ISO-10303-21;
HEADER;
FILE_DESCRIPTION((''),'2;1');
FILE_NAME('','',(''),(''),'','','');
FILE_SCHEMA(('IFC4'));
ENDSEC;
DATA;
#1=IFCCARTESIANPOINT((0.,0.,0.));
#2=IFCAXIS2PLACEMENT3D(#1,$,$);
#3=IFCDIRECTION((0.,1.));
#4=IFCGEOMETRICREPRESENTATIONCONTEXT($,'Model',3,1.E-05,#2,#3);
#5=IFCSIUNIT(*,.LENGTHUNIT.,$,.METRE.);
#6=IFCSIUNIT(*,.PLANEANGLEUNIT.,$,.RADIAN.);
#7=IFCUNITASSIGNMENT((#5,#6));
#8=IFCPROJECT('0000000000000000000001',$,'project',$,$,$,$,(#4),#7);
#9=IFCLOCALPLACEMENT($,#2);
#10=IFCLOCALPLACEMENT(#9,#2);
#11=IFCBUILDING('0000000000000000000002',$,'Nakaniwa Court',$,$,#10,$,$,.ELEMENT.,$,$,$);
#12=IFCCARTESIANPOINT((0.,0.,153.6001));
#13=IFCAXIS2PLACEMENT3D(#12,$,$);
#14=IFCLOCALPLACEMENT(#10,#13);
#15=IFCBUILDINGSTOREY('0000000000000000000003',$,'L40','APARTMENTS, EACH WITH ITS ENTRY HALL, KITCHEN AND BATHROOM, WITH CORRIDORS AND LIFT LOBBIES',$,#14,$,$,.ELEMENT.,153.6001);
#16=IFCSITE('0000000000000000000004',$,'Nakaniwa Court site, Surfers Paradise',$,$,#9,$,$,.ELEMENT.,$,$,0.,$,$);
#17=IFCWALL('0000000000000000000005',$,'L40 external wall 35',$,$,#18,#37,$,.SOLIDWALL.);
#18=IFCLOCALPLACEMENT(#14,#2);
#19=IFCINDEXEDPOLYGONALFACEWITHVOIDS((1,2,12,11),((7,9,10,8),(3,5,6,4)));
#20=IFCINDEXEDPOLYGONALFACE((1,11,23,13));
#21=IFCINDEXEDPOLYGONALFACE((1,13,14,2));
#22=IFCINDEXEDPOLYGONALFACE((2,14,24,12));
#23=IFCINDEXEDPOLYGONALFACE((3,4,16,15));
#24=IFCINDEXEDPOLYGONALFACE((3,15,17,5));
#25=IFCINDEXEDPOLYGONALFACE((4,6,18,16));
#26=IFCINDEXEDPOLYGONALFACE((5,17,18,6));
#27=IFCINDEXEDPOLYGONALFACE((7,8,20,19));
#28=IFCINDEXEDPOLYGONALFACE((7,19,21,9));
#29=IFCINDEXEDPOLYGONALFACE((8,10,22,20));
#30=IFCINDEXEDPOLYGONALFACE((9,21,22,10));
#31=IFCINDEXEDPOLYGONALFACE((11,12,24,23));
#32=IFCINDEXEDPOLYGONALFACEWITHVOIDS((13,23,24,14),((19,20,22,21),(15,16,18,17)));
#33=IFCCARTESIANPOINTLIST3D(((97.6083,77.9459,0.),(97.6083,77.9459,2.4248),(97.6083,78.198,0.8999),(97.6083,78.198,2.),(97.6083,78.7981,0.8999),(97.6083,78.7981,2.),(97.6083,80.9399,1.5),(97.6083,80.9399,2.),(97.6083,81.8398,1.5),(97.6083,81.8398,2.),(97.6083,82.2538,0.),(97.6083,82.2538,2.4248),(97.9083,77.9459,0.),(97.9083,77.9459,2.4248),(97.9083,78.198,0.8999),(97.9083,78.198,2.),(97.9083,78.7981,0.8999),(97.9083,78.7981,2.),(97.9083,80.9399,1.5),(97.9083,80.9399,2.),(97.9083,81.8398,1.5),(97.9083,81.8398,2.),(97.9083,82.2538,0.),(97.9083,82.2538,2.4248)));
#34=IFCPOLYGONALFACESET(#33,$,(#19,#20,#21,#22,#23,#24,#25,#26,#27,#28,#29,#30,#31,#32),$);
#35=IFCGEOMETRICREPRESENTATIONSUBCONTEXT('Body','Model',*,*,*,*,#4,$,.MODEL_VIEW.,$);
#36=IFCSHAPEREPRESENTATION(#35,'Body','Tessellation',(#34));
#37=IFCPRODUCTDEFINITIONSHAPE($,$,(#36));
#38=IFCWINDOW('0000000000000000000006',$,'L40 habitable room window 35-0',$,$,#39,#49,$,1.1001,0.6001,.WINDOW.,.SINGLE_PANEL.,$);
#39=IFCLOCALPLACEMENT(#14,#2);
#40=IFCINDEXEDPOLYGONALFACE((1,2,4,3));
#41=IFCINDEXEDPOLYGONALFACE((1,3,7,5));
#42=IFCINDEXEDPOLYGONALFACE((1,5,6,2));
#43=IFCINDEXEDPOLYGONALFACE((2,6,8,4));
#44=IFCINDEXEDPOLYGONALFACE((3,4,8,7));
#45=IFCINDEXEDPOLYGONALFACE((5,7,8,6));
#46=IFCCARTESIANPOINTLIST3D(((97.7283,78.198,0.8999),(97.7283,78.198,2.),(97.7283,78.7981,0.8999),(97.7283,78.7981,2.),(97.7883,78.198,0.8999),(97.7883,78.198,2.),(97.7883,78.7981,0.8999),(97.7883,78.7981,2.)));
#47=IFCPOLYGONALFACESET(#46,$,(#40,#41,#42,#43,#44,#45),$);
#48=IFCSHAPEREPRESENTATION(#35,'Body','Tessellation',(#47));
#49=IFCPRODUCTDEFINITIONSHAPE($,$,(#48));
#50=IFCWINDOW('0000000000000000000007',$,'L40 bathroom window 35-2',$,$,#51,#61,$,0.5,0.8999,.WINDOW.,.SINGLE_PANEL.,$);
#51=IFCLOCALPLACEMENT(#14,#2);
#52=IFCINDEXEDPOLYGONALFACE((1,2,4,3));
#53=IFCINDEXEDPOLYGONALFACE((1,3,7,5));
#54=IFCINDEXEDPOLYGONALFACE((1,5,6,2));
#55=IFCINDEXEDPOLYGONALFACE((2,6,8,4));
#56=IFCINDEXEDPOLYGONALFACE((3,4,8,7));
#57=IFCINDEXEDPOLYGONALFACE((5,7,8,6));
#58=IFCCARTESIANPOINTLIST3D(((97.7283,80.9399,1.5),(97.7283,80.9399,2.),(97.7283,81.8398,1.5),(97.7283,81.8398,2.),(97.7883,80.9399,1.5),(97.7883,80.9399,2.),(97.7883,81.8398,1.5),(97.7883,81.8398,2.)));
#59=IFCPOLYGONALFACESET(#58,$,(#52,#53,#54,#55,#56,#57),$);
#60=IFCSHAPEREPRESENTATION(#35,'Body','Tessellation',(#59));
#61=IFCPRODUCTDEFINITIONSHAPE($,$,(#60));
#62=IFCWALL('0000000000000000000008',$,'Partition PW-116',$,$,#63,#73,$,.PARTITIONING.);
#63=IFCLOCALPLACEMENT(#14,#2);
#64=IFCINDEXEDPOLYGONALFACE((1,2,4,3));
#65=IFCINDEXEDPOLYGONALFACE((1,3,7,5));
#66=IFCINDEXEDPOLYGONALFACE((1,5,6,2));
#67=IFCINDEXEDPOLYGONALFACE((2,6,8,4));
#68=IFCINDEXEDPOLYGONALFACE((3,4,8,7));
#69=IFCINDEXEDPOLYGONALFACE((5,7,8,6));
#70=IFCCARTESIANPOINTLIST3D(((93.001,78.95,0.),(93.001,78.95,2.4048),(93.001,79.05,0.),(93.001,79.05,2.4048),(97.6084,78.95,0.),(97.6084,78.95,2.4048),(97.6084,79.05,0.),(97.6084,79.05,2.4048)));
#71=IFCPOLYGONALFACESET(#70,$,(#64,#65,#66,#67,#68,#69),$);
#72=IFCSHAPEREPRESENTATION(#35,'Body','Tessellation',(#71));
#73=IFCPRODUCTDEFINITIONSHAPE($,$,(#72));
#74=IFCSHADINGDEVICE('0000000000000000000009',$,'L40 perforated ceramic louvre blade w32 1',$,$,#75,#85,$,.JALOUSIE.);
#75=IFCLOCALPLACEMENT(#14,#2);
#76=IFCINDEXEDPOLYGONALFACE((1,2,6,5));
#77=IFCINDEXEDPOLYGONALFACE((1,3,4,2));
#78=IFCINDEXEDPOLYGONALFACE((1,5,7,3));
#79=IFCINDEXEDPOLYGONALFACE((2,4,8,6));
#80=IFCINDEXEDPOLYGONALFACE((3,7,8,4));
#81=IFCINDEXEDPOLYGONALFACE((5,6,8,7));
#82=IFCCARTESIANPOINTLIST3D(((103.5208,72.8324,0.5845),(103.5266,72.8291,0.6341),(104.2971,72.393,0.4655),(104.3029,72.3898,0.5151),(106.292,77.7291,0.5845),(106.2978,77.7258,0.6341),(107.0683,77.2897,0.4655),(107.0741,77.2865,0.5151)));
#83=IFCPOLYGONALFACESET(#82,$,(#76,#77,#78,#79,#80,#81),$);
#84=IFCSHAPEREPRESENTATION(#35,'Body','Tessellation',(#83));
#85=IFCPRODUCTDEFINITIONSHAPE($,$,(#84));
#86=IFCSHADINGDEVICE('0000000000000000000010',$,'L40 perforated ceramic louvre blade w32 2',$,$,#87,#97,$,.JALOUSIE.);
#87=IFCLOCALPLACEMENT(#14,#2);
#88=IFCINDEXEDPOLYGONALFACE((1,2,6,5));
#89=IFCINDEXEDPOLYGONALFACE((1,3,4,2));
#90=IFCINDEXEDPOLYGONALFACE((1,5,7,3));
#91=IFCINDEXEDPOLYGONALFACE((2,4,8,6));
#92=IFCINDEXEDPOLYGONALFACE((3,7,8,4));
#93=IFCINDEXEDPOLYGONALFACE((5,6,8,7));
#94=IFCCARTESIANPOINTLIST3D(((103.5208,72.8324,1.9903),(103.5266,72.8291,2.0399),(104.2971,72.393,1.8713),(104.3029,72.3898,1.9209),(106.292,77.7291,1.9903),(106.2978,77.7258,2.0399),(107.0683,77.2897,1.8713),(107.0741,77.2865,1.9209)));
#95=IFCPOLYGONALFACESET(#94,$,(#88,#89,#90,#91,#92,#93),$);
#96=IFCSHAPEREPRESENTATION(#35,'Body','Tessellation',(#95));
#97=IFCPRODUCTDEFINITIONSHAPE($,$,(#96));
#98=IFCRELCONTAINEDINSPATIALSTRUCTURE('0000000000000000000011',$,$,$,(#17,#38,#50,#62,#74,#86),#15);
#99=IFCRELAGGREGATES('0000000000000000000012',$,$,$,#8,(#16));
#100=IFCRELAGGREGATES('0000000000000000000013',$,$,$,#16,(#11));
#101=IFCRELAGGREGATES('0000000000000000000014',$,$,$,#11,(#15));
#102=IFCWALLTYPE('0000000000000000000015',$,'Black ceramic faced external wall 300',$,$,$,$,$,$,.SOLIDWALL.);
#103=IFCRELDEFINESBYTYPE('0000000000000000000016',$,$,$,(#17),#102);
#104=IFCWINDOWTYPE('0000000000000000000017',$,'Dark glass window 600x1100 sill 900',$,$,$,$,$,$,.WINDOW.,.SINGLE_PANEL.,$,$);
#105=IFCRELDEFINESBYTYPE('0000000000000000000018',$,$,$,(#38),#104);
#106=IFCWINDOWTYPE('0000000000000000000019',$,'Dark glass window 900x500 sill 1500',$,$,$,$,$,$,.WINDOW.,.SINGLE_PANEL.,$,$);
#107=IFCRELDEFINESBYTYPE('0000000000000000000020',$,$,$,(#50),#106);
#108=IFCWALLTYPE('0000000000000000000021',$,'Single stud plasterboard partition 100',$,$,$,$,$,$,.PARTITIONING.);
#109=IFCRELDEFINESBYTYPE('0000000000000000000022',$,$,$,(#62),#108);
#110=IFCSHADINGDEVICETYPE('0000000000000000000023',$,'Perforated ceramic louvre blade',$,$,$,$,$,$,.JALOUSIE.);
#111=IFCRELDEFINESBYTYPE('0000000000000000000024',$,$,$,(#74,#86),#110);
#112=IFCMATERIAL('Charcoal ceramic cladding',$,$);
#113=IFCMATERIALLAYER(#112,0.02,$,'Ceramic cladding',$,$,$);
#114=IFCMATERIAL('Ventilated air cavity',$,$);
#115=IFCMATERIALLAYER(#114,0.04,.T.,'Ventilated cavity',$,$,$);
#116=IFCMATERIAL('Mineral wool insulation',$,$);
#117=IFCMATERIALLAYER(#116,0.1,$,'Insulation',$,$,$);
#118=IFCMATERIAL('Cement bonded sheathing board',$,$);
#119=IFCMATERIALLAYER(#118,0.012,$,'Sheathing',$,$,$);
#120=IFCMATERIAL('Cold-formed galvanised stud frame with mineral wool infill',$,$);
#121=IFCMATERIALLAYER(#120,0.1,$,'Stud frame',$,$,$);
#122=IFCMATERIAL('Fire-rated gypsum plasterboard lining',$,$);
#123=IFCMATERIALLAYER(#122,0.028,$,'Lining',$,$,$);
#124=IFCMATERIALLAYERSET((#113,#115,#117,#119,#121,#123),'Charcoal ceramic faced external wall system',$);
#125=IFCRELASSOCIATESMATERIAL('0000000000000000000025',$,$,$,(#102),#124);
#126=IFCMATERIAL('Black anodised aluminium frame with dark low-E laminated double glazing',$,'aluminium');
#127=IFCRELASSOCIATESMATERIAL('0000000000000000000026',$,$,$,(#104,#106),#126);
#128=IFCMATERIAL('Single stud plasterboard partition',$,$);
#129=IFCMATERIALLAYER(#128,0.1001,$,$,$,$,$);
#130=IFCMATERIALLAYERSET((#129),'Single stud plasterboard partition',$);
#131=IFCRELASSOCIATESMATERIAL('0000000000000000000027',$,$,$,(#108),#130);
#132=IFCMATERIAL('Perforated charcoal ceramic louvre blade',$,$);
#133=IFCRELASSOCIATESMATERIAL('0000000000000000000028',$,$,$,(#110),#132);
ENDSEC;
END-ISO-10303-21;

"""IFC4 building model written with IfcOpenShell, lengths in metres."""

from ifc_helpers import new_model, si_unit, direction, frame, frame_2d, origin, origin_2d, place, context, subcontext, project, spatial, rectangle, extrude, material, layer, layer_set, material_profile, profile_set, type_object, element, fill, save


model = new_model("IFC4")

# Units and contexts
model_context = context("Model", 3, precision=1e-05, world=origin(), true_north=direction((0.0, 1.0)))
body_context = subcontext(model_context, "Body", "Model", "MODEL_VIEW")
ifc_project = project(units=[si_unit("LENGTHUNIT", "METRE"), si_unit("PLANEANGLEUNIT", "RADIAN")], contexts=[model_context])

# Site, building, storey
site_placement = place(None, origin())
site = spatial("IfcSite", under=ifc_project, at=site_placement, Name="Nakaniwa Court site, Surfers Paradise", CompositionType="ELEMENT", RefElevation=0.0)
building_placement = place(site_placement, origin())
building = spatial("IfcBuilding", under=site, at=building_placement, Name="Nakaniwa Court", CompositionType="ELEMENT")
storey_placement = place(building_placement, frame((0.0, 0.0, 153.6001)))
storey = spatial("IfcBuildingStorey", under=building, at=storey_placement, Name="L40", Description="APARTMENTS, EACH WITH ITS ENTRY HALL, KITCHEN AND BATHROOM, WITH CORRIDORS AND LIFT LOBBIES", CompositionType="ELEMENT", Elevation=153.6001)

# Shared definitions
ifc_material_1 = material(Name="Charcoal ceramic cladding")
ifc_layer_1 = layer(ifc_material_1, 0.02, Name="Ceramic cladding")
ifc_material_2 = material(Name="Ventilated air cavity")
ifc_layer_2 = layer(ifc_material_2, 0.04, ventilated=True, Name="Ventilated cavity")
ifc_material_3 = material(Name="Mineral wool insulation")
ifc_layer_3 = layer(ifc_material_3, 0.1, Name="Insulation")
ifc_material_4 = material(Name="Cement bonded sheathing board")
ifc_layer_4 = layer(ifc_material_4, 0.012, Name="Sheathing")
ifc_material_5 = material(Name="Cold-formed galvanised stud frame with mineral wool infill")
ifc_layer_5 = layer(ifc_material_5, 0.1, Name="Stud frame")
ifc_material_6 = material(Name="Fire-rated gypsum plasterboard lining")
ifc_layer_6 = layer(ifc_material_6, 0.028, Name="Lining")
ifc_layer_set_1 = layer_set([ifc_layer_1, ifc_layer_2, ifc_layer_3, ifc_layer_4, ifc_layer_5, ifc_layer_6], Name="Charcoal ceramic faced external wall system")
wall_type_1 = type_object("IfcWallType", Name="Black ceramic faced external wall 300", PredefinedType="SOLIDWALL", material=ifc_layer_set_1)
ifc_material_7 = material(Name="Black anodised aluminium frame with dark low-E laminated double glazing", Category="aluminium")

# Wall, openings, windows
wall_1_placement = place(storey_placement, frame((97.7583, 77.946, 0.0), z_axis=(0.0, 0.0, 1.0), x_axis=(0.0, 1.0, 0.0)))
wall_1 = element("IfcWall", 1, at=wall_1_placement, inside=storey, type_object=wall_type_1, Name="L40 external wall 35", PredefinedType="SOLIDWALL", context=body_context, shape_type="SweptSolid", body=[
    extrude(rectangle(XDim=4.3079, YDim=0.3, at=frame_2d((2.1538, 0.0))), origin(), (0.0, 0.0, 1.0), 2.4248),
])
opening_1_placement = place(wall_1_placement, frame((0.252, 0.0, 0.8999)))
opening_1 = element("IfcOpeningElement", 2, at=opening_1_placement, cuts=wall_1, PredefinedType="OPENING", context=body_context, shape_type="SweptSolid", body=[
    extrude(rectangle(XDim=0.6001, YDim=1.1001, at=frame_2d((0.3, 0.55))), frame((0.0, 0.1599, 0.0), z_axis=(0.0, -1.0, 0.0), x_axis=(1.0, 0.0, 0.0)), (0.0, 0.0, 1.0), 0.3201),
])
opening_2_placement = place(wall_1_placement, frame((2.9939, 0.0, 1.5)))
opening_2 = element("IfcOpeningElement", 3, at=opening_2_placement, cuts=wall_1, PredefinedType="OPENING", context=body_context, shape_type="SweptSolid", body=[
    extrude(rectangle(XDim=0.8999, YDim=0.5, at=frame_2d((0.45, 0.25))), frame((0.0, 0.1599, 0.0), z_axis=(0.0, -1.0, 0.0), x_axis=(1.0, 0.0, 0.0)), (0.0, 0.0, 1.0), 0.3201),
])
window_type_1 = type_object("IfcWindowType", Name="Dark glass window 600x1100 sill 900", PartitioningType="SINGLE_PANEL", PredefinedType="WINDOW", material=ifc_material_7)
window_1_placement = place(opening_1_placement, origin())
window_1 = element("IfcWindow", 4, at=window_1_placement, inside=storey, type_object=window_type_1, Name="L40 habitable room window 35-0", OverallHeight=1.1001, OverallWidth=0.6001, PartitioningType="SINGLE_PANEL", PredefinedType="WINDOW", context=body_context, shape_type="SweptSolid", body=[
    extrude(rectangle(XDim=0.6001, YDim=1.1001, at=frame_2d((0.3, 0.55))), frame((0.0, 0.03, 0.0), z_axis=(0.0, -1.0, 0.0), x_axis=(1.0, 0.0, 0.0)), (0.0, 0.0, 1.0), 0.0601),
])
fill(opening_1, window_1)
window_type_2 = type_object("IfcWindowType", Name="Dark glass window 900x500 sill 1500", PartitioningType="SINGLE_PANEL", PredefinedType="WINDOW", material=ifc_material_7)
window_2_placement = place(opening_2_placement, origin())
window_2 = element("IfcWindow", 5, at=window_2_placement, inside=storey, type_object=window_type_2, Name="L40 bathroom window 35-2", OverallHeight=0.5, OverallWidth=0.8999, PartitioningType="SINGLE_PANEL", PredefinedType="WINDOW", context=body_context, shape_type="SweptSolid", body=[
    extrude(rectangle(XDim=0.8999, YDim=0.5, at=frame_2d((0.45, 0.25))), frame((0.0, 0.03, 0.0), z_axis=(0.0, -1.0, 0.0), x_axis=(1.0, 0.0, 0.0)), (0.0, 0.0, 1.0), 0.0601),
])
fill(opening_2, window_2)

# Wall
ifc_material_8 = material(Name="Single stud plasterboard partition")
ifc_layer_7 = layer(ifc_material_8, 0.1001)
ifc_layer_set_2 = layer_set([ifc_layer_7], Name="Single stud plasterboard partition")
wall_type_2 = type_object("IfcWallType", Name="Single stud plasterboard partition 100", PredefinedType="PARTITIONING", material=ifc_layer_set_2)
wall_2_placement = place(storey_placement, frame((93.001, 79.0, 0.0), z_axis=(0.0, 0.0, 1.0), x_axis=(1.0, 0.0, 0.0)))
element("IfcWall", 6, at=wall_2_placement, inside=storey, type_object=wall_type_2, Name="Partition PW-116", PredefinedType="PARTITIONING", context=body_context, shape_type="SweptSolid", body=[
    extrude(rectangle(XDim=4.6074, YDim=0.1001, at=frame_2d((2.3037, 0.0))), origin(), (0.0, 0.0, 1.0), 2.4048),
])

# Shading devices
ifc_material_9 = material(Name="Perforated charcoal ceramic louvre blade")
ifc_material_profile_1 = material_profile(ifc_material_9, rectangle(XDim=0.8999, YDim=0.05, at=origin_2d()), Name="Perforated ceramic louvre blade")
ifc_profile_set_1 = profile_set([ifc_material_profile_1], Name="Perforated charcoal ceramic louvre blade")
shading_device_type = type_object("IfcShadingDeviceType", Name="Perforated ceramic louvre blade", PredefinedType="JALOUSIE", material=ifc_profile_set_1)
for number, where, z_axis, x_axis, name in (
    (7, (103.9119, 72.6111, 0.5498), (0.492532, 0.870294, 0.0), (-0.862649, 0.488205, 0.132256), "L40 perforated ceramic louvre blade w32 1"),
    (8, (103.9119, 72.6111, 1.9556), (0.492532, 0.870294, 0.0), (-0.862649, 0.488205, 0.132256), "L40 perforated ceramic louvre blade w32 2"),
):
    element("IfcShadingDevice", number, at=place(storey_placement, frame(where, z_axis=z_axis, x_axis=x_axis)), inside=storey, type_object=shading_device_type, Name=name, PredefinedType="JALOUSIE", context=body_context, shape_type="SweptSolid", body=[
        extrude(rectangle(XDim=0.8999, YDim=0.05, at=origin_2d()), origin(), (0.0, 0.0, 1.0), 5.6265),
    ])

save(model, "model.ifc")
